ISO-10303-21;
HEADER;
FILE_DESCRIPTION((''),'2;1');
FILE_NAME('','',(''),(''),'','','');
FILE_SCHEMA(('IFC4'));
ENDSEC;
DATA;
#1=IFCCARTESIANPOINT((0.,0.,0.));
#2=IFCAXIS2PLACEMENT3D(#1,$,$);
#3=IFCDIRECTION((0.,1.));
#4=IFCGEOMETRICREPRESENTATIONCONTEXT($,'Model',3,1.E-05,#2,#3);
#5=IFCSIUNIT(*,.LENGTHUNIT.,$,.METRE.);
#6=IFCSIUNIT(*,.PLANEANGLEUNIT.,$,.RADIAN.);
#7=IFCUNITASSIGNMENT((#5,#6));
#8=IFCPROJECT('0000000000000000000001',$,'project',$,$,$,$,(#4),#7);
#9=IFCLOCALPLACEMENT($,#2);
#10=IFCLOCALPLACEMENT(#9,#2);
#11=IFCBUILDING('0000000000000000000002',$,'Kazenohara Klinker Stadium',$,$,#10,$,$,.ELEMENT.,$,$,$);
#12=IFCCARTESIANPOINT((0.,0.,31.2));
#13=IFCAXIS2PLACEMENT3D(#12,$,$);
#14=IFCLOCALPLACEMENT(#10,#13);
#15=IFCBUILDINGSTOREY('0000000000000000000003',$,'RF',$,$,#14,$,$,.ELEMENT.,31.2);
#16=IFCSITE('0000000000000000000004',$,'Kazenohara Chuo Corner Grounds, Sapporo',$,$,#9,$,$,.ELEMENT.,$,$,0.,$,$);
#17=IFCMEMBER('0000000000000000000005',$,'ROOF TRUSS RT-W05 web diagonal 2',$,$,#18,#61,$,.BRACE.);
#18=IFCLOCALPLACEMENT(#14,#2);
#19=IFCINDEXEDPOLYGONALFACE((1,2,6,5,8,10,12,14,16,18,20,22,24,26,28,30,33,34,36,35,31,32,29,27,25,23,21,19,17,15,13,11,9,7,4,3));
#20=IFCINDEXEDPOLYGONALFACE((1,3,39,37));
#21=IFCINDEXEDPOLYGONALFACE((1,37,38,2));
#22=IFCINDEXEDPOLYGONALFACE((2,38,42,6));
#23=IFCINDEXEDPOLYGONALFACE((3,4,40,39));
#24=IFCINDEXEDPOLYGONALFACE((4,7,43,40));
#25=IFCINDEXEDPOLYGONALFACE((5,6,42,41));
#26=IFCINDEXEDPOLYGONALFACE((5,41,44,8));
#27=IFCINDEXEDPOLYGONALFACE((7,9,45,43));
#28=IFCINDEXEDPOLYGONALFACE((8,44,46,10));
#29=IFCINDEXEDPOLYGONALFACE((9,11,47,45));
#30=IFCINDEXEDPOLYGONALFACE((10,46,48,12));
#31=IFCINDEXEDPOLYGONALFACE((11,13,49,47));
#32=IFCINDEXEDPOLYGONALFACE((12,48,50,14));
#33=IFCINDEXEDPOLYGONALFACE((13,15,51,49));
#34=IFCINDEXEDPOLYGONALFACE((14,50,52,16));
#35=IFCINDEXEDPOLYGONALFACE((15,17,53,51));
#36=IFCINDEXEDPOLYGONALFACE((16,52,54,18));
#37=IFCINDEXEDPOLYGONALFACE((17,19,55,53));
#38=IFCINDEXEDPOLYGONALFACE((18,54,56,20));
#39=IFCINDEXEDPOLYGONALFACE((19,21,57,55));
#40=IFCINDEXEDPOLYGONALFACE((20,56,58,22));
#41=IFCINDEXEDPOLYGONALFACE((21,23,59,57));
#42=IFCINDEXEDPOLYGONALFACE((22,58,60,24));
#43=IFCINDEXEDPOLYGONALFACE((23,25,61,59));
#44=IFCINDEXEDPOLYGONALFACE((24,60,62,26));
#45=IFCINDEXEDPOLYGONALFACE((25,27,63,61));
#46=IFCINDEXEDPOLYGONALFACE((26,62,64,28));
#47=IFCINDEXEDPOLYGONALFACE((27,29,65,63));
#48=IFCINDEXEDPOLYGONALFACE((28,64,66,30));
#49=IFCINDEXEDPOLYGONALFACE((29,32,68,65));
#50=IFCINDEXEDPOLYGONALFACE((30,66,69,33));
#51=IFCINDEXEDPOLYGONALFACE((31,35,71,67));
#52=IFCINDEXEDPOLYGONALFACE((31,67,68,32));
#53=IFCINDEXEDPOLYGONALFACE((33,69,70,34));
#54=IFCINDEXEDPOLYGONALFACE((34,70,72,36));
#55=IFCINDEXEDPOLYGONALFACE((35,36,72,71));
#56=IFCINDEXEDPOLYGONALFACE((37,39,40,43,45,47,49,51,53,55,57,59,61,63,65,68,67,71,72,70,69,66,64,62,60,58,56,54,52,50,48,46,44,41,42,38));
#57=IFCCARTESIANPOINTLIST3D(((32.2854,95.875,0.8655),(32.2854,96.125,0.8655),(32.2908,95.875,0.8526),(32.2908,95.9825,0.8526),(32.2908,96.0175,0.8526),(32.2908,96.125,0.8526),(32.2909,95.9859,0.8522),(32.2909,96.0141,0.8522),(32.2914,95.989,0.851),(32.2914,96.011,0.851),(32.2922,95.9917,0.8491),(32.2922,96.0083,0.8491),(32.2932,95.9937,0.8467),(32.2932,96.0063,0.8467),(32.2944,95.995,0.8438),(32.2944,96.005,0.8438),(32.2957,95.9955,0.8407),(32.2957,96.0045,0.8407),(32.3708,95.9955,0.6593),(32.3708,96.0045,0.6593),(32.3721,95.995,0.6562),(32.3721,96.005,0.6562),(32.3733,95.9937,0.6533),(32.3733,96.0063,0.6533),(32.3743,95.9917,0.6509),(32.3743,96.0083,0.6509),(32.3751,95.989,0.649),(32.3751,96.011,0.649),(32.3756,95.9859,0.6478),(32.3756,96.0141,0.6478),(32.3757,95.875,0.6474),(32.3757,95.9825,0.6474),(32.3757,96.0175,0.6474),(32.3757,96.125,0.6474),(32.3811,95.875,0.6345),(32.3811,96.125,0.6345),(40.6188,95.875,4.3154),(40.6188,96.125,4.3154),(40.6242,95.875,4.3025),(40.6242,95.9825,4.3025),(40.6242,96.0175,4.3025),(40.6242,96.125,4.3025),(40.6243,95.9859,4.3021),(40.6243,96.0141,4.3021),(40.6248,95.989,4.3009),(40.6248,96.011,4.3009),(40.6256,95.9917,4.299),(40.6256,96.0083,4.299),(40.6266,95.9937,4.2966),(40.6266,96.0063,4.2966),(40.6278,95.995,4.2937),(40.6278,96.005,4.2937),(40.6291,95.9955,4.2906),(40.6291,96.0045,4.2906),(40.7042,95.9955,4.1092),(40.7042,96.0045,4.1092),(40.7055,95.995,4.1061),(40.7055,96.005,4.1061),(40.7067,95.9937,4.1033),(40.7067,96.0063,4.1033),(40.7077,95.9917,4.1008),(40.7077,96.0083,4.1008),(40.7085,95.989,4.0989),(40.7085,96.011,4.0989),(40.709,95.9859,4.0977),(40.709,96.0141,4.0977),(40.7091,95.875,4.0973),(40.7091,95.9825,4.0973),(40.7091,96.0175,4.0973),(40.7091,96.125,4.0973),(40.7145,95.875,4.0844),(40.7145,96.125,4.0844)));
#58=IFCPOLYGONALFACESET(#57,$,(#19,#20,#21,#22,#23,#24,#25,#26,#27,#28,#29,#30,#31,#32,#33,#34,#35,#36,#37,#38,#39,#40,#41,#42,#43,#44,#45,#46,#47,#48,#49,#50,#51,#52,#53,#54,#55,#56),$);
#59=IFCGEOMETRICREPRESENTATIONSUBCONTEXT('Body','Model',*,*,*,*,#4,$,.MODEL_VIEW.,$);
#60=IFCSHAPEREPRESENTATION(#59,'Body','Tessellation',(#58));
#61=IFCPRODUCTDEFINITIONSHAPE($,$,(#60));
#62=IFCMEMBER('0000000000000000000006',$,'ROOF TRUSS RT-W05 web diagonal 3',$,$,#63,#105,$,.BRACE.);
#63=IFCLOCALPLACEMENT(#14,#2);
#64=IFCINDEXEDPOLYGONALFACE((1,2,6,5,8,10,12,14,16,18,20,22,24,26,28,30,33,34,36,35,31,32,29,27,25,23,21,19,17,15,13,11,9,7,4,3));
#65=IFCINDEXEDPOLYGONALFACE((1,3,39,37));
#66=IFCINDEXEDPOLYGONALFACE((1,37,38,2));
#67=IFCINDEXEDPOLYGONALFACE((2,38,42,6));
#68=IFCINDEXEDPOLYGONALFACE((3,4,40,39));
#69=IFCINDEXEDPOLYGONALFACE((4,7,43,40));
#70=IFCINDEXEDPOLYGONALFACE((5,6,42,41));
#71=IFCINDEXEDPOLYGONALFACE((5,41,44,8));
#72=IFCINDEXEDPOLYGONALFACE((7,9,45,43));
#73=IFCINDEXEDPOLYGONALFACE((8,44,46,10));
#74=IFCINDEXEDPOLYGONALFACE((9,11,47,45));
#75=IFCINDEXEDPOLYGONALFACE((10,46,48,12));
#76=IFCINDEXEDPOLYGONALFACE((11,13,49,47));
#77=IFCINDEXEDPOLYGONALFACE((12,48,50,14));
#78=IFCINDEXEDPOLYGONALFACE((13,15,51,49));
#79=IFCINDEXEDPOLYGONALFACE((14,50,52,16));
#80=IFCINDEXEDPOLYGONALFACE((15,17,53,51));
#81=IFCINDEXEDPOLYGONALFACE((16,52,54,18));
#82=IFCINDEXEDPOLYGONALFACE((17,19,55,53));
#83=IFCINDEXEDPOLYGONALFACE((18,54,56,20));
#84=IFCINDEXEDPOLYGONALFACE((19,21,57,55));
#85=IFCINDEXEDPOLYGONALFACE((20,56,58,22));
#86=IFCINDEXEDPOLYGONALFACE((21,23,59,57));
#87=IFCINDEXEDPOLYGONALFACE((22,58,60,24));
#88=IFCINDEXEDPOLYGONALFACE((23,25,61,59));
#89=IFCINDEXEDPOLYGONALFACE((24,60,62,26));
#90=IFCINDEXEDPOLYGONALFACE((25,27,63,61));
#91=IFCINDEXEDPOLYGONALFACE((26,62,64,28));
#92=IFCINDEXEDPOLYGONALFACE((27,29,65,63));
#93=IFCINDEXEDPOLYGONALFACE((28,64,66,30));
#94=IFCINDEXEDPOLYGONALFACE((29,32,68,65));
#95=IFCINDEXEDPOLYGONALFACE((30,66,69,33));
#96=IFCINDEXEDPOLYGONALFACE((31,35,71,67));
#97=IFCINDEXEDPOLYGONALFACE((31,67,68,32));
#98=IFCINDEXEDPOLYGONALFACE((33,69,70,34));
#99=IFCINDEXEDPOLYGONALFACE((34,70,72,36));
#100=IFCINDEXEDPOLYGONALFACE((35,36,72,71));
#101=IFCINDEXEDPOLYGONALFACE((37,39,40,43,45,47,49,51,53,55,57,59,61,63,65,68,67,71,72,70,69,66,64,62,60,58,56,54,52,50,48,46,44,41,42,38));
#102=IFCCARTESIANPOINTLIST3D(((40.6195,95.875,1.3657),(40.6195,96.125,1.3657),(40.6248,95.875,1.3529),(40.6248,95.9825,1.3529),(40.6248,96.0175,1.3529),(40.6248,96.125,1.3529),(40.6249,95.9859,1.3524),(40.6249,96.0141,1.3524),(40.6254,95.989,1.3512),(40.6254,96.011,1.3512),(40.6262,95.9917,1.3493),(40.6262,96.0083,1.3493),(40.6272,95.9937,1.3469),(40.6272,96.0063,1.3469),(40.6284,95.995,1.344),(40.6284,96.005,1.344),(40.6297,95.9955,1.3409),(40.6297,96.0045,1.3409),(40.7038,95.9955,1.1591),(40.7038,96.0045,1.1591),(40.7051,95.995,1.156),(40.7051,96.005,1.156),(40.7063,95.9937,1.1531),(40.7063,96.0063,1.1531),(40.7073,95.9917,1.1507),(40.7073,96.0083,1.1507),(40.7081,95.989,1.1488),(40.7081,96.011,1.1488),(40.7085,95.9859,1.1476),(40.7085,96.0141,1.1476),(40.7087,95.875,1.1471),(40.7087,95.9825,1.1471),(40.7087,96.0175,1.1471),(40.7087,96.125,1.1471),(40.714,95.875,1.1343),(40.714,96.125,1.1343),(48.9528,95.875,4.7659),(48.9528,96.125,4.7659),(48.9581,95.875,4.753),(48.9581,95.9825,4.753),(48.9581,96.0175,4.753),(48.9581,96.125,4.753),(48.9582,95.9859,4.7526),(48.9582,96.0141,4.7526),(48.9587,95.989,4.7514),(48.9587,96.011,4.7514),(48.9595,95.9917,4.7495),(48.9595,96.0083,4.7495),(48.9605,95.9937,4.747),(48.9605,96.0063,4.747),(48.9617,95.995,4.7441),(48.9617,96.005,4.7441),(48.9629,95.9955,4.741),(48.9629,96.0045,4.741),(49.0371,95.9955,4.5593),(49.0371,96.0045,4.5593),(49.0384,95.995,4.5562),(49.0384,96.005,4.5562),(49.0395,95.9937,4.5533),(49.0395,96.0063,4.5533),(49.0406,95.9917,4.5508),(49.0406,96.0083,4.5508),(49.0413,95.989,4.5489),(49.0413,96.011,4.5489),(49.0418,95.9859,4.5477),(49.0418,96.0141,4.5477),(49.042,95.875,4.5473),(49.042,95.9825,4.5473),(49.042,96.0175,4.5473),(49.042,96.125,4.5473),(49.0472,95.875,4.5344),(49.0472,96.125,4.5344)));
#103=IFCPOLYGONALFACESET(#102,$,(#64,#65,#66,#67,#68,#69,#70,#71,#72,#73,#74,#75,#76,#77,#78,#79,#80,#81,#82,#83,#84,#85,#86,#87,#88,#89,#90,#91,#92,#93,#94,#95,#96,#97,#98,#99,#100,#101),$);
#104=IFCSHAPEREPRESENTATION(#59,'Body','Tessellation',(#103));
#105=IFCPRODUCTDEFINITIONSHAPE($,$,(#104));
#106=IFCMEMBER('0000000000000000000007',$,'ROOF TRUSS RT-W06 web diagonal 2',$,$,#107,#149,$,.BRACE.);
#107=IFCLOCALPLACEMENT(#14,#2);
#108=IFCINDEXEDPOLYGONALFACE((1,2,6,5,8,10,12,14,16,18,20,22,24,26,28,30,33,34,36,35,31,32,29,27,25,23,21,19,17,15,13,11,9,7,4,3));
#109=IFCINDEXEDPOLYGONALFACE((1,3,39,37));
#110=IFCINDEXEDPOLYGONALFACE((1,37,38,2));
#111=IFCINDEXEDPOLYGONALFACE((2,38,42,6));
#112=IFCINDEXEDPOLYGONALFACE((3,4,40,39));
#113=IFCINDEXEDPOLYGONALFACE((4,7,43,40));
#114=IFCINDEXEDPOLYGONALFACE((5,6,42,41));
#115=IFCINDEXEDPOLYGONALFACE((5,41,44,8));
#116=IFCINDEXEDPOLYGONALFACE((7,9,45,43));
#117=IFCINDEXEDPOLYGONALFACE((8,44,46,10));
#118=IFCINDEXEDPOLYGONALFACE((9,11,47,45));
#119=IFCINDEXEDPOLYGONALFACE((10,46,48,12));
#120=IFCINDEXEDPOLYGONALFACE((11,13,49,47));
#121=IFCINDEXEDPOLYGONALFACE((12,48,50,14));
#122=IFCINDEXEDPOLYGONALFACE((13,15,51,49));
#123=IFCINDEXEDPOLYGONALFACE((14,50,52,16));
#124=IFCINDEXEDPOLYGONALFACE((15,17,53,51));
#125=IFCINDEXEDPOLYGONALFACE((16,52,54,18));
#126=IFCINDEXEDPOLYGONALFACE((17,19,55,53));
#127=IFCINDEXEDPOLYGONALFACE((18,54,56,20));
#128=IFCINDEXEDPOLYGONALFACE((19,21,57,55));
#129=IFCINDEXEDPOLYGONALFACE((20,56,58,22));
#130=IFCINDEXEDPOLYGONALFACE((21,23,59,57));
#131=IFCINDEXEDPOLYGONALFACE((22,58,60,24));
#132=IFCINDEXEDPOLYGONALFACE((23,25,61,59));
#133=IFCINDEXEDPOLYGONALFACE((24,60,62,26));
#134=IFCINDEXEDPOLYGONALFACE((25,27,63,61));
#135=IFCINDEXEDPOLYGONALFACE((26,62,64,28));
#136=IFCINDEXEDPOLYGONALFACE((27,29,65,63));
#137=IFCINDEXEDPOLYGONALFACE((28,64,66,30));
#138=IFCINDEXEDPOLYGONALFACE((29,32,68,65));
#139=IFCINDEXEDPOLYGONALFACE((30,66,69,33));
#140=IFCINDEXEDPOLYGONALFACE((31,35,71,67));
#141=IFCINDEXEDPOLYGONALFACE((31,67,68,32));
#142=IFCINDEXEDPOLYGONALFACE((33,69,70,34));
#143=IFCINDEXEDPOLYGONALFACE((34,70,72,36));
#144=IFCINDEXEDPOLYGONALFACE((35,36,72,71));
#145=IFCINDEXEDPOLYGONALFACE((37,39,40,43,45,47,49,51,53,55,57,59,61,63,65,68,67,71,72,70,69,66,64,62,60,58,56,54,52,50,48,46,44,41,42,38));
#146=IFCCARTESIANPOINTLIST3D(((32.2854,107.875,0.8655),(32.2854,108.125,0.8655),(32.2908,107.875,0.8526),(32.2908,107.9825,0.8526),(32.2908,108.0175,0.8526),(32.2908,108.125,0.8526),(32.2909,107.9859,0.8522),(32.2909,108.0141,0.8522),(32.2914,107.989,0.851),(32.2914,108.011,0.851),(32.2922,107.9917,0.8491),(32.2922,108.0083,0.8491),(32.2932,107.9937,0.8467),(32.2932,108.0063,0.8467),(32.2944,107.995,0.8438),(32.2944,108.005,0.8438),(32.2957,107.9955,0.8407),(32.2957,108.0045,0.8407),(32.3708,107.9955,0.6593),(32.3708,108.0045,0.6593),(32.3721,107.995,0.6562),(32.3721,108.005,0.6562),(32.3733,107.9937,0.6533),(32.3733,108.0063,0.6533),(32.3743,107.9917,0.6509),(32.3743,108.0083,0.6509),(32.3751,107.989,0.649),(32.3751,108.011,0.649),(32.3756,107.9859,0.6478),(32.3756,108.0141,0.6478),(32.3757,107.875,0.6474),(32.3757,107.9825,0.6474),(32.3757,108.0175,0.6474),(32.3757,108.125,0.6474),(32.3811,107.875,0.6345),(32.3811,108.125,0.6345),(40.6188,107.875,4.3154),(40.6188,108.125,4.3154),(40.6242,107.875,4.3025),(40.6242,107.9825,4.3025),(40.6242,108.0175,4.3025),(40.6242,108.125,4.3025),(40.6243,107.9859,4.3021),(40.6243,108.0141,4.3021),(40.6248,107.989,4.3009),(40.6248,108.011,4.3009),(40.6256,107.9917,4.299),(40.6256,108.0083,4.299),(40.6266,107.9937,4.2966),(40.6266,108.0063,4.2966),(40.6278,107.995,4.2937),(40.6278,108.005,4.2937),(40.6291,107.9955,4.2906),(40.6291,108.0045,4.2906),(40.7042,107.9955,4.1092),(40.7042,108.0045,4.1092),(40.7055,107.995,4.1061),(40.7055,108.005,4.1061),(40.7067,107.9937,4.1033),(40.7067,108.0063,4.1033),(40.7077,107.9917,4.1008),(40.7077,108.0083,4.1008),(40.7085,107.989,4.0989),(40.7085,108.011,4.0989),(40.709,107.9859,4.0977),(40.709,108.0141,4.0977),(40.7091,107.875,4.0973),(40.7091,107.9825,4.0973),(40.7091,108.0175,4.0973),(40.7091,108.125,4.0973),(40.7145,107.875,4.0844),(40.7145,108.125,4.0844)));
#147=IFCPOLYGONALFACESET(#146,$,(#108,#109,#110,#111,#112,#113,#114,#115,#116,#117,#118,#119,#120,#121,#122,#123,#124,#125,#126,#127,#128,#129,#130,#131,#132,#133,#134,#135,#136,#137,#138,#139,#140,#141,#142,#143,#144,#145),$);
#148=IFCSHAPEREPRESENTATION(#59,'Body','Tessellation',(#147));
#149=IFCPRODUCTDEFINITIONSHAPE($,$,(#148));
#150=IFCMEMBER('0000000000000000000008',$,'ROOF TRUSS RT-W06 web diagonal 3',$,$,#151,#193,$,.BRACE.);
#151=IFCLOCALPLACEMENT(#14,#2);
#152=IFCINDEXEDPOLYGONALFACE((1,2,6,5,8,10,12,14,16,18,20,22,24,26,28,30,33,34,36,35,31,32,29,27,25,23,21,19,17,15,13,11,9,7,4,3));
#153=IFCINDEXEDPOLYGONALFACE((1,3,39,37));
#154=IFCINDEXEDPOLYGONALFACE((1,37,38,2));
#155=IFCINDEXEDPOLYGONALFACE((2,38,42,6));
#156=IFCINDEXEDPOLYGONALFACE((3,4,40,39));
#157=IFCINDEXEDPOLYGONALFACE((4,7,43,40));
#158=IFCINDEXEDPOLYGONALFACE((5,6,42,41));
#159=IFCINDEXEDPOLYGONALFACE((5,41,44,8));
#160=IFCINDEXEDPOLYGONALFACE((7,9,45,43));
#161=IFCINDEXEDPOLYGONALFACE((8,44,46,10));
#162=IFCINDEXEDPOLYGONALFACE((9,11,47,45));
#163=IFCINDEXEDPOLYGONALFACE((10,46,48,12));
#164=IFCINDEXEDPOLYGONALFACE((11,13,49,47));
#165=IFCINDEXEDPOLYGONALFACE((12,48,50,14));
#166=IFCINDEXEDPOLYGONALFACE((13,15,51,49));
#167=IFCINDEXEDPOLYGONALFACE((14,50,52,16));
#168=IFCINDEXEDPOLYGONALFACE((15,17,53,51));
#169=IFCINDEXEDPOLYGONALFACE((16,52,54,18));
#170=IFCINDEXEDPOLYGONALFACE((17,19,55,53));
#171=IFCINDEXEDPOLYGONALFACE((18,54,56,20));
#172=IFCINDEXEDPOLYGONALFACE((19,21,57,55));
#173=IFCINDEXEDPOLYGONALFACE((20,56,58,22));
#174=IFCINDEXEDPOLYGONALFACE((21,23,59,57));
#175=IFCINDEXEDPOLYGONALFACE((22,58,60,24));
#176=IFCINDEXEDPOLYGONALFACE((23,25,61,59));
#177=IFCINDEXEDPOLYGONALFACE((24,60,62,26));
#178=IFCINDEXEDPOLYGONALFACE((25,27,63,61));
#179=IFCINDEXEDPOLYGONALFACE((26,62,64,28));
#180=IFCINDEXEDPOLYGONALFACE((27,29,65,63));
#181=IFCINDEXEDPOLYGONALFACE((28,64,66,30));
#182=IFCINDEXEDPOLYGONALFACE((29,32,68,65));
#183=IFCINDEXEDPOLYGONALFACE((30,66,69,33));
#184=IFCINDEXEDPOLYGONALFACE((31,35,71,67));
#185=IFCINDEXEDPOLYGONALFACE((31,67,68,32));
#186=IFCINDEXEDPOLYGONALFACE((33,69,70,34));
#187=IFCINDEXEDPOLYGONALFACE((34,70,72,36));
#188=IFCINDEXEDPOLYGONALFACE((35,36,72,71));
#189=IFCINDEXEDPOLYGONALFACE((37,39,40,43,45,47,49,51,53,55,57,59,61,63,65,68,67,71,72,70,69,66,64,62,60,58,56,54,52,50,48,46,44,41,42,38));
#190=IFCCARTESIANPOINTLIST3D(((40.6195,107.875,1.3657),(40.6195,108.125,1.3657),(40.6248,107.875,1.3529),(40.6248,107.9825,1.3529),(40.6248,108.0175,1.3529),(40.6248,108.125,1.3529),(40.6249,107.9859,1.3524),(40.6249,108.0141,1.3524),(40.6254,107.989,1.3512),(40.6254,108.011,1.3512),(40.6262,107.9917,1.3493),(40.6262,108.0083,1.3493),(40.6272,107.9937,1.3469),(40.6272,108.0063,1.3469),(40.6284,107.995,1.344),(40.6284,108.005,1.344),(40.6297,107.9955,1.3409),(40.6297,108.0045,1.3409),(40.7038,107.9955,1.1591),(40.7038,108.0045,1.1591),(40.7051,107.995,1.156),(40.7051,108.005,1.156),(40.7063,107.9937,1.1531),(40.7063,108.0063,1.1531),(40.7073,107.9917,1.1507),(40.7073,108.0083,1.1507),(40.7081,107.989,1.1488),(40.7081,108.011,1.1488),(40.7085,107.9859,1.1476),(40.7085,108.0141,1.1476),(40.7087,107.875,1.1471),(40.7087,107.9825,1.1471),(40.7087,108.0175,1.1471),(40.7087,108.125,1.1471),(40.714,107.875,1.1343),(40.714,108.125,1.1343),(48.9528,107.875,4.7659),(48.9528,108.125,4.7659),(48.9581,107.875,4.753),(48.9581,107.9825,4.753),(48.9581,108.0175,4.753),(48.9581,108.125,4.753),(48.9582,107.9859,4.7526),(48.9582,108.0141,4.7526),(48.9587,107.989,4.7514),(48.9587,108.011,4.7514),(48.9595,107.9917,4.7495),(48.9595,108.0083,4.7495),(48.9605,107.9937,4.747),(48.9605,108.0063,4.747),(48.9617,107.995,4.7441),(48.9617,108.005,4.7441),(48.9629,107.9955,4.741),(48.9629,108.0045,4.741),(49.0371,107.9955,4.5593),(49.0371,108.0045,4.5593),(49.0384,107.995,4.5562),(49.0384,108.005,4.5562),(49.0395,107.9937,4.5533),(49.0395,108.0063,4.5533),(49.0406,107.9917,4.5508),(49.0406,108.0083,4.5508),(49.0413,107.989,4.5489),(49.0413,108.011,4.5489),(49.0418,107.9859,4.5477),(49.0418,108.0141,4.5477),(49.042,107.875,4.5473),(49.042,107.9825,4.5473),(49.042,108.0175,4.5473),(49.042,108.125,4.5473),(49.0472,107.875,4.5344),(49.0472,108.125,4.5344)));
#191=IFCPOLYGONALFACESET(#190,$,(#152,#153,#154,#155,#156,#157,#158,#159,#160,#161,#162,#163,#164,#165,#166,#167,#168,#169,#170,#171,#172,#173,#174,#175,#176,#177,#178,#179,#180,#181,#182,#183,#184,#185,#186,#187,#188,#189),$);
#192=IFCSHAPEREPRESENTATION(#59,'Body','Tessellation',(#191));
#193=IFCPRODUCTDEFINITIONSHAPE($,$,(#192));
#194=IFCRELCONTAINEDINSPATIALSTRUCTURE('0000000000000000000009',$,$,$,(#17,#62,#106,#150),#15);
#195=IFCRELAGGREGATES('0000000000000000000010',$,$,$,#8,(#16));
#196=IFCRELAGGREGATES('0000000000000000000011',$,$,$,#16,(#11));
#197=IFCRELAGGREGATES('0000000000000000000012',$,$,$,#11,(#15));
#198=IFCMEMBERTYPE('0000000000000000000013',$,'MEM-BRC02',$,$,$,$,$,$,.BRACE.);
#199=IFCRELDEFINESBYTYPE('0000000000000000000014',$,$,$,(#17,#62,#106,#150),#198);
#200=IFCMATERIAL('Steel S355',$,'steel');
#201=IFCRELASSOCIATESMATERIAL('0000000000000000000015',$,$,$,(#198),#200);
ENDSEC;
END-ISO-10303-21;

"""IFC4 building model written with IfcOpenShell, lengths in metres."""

from ifc_helpers import new_model, si_unit, direction, frame, origin, origin_2d, place, context, subcontext, project, spatial, i_section, extrude, material, material_profile, profile_set, type_object, element, save


model = new_model("IFC4")

# Units and contexts
model_context = context("Model", 3, precision=1e-05, world=origin(), true_north=direction((0.0, 1.0)))
body_context = subcontext(model_context, "Body", "Model", "MODEL_VIEW")
ifc_project = project(units=[si_unit("LENGTHUNIT", "METRE"), si_unit("PLANEANGLEUNIT", "RADIAN")], contexts=[model_context])

# Site, building, storey
site_placement = place(None, origin())
site = spatial("IfcSite", under=ifc_project, at=site_placement, Name="Kazenohara Chuo Corner Grounds, Sapporo", CompositionType="ELEMENT", RefElevation=0.0)
building_placement = place(site_placement, origin())
building = spatial("IfcBuilding", under=site, at=building_placement, Name="Kazenohara Klinker Stadium", CompositionType="ELEMENT")
storey_placement = place(building_placement, frame((0.0, 0.0, 31.2)))
storey = spatial("IfcBuildingStorey", under=building, at=storey_placement, Name="RF", CompositionType="ELEMENT", Elevation=31.2)

# Members
ifc_material_1 = material(Name="Steel S355", Category="steel")
ifc_material_profile_1 = material_profile(ifc_material_1, i_section(OverallWidth=0.25, OverallDepth=0.25, WebThickness=0.009, FlangeThickness=0.0139, FilletRadius=0.0129, at=origin_2d()), Name="H-250x250x9x14")
ifc_profile_set_1 = profile_set([ifc_material_profile_1], Name="Steel S355")
member_type_1 = type_object("IfcMemberType", Name="MEM-BRC02", PredefinedType="BRACE", material=ifc_profile_set_1)
member_1_placement = place(storey_placement, frame((32.3333, 96.0, 0.75), z_axis=(0.923954, 0.0, 0.382504), x_axis=(0.0, 1.0, 0.0)))
element("IfcMember", 1, at=member_1_placement, inside=storey, type_object=member_type_1, Name="ROOF TRUSS RT-W05 web diagonal 2", PredefinedType="BRACE", context=body_context, shape_type="SweptSolid", body=[
    extrude(i_section(OverallWidth=0.25, OverallDepth=0.25, WebThickness=0.009, FlangeThickness=0.0139, FilletRadius=0.0129, at=origin_2d()), origin(), (0.0, 0.0, 1.0), 9.0193),
])
member_2_placement = place(storey_placement, frame((40.6667, 96.0, 1.25), z_axis=(0.925894, 0.0, 0.377785), x_axis=(0.0, 1.0, 0.0)))
element("IfcMember", 2, at=member_2_placement, inside=storey, type_object=member_type_1, Name="ROOF TRUSS RT-W05 web diagonal 3", PredefinedType="BRACE", context=body_context, shape_type="SweptSolid", body=[
    extrude(i_section(OverallWidth=0.25, OverallDepth=0.25, WebThickness=0.009, FlangeThickness=0.0139, FilletRadius=0.0129, at=origin_2d()), origin(), (0.0, 0.0, 1.0), 9.0002),
])
member_3_placement = place(storey_placement, frame((32.3333, 108.0, 0.75), z_axis=(0.923954, 0.0, 0.382504), x_axis=(0.0, 1.0, 0.0)))
element("IfcMember", 3, at=member_3_placement, inside=storey, type_object=member_type_1, Name="ROOF TRUSS RT-W06 web diagonal 2", PredefinedType="BRACE", context=body_context, shape_type="SweptSolid", body=[
    extrude(i_section(OverallWidth=0.25, OverallDepth=0.25, WebThickness=0.009, FlangeThickness=0.0139, FilletRadius=0.0129, at=origin_2d()), origin(), (0.0, 0.0, 1.0), 9.0193),
])
member_4_placement = place(storey_placement, frame((40.6667, 108.0, 1.25), z_axis=(0.925894, 0.0, 0.377785), x_axis=(0.0, 1.0, 0.0)))
element("IfcMember", 4, at=member_4_placement, inside=storey, type_object=member_type_1, Name="ROOF TRUSS RT-W06 web diagonal 3", PredefinedType="BRACE", context=body_context, shape_type="SweptSolid", body=[
    extrude(i_section(OverallWidth=0.25, OverallDepth=0.25, WebThickness=0.009, FlangeThickness=0.0139, FilletRadius=0.0129, at=origin_2d()), origin(), (0.0, 0.0, 1.0), 9.0002),
])

save(model, "model.ifc")
